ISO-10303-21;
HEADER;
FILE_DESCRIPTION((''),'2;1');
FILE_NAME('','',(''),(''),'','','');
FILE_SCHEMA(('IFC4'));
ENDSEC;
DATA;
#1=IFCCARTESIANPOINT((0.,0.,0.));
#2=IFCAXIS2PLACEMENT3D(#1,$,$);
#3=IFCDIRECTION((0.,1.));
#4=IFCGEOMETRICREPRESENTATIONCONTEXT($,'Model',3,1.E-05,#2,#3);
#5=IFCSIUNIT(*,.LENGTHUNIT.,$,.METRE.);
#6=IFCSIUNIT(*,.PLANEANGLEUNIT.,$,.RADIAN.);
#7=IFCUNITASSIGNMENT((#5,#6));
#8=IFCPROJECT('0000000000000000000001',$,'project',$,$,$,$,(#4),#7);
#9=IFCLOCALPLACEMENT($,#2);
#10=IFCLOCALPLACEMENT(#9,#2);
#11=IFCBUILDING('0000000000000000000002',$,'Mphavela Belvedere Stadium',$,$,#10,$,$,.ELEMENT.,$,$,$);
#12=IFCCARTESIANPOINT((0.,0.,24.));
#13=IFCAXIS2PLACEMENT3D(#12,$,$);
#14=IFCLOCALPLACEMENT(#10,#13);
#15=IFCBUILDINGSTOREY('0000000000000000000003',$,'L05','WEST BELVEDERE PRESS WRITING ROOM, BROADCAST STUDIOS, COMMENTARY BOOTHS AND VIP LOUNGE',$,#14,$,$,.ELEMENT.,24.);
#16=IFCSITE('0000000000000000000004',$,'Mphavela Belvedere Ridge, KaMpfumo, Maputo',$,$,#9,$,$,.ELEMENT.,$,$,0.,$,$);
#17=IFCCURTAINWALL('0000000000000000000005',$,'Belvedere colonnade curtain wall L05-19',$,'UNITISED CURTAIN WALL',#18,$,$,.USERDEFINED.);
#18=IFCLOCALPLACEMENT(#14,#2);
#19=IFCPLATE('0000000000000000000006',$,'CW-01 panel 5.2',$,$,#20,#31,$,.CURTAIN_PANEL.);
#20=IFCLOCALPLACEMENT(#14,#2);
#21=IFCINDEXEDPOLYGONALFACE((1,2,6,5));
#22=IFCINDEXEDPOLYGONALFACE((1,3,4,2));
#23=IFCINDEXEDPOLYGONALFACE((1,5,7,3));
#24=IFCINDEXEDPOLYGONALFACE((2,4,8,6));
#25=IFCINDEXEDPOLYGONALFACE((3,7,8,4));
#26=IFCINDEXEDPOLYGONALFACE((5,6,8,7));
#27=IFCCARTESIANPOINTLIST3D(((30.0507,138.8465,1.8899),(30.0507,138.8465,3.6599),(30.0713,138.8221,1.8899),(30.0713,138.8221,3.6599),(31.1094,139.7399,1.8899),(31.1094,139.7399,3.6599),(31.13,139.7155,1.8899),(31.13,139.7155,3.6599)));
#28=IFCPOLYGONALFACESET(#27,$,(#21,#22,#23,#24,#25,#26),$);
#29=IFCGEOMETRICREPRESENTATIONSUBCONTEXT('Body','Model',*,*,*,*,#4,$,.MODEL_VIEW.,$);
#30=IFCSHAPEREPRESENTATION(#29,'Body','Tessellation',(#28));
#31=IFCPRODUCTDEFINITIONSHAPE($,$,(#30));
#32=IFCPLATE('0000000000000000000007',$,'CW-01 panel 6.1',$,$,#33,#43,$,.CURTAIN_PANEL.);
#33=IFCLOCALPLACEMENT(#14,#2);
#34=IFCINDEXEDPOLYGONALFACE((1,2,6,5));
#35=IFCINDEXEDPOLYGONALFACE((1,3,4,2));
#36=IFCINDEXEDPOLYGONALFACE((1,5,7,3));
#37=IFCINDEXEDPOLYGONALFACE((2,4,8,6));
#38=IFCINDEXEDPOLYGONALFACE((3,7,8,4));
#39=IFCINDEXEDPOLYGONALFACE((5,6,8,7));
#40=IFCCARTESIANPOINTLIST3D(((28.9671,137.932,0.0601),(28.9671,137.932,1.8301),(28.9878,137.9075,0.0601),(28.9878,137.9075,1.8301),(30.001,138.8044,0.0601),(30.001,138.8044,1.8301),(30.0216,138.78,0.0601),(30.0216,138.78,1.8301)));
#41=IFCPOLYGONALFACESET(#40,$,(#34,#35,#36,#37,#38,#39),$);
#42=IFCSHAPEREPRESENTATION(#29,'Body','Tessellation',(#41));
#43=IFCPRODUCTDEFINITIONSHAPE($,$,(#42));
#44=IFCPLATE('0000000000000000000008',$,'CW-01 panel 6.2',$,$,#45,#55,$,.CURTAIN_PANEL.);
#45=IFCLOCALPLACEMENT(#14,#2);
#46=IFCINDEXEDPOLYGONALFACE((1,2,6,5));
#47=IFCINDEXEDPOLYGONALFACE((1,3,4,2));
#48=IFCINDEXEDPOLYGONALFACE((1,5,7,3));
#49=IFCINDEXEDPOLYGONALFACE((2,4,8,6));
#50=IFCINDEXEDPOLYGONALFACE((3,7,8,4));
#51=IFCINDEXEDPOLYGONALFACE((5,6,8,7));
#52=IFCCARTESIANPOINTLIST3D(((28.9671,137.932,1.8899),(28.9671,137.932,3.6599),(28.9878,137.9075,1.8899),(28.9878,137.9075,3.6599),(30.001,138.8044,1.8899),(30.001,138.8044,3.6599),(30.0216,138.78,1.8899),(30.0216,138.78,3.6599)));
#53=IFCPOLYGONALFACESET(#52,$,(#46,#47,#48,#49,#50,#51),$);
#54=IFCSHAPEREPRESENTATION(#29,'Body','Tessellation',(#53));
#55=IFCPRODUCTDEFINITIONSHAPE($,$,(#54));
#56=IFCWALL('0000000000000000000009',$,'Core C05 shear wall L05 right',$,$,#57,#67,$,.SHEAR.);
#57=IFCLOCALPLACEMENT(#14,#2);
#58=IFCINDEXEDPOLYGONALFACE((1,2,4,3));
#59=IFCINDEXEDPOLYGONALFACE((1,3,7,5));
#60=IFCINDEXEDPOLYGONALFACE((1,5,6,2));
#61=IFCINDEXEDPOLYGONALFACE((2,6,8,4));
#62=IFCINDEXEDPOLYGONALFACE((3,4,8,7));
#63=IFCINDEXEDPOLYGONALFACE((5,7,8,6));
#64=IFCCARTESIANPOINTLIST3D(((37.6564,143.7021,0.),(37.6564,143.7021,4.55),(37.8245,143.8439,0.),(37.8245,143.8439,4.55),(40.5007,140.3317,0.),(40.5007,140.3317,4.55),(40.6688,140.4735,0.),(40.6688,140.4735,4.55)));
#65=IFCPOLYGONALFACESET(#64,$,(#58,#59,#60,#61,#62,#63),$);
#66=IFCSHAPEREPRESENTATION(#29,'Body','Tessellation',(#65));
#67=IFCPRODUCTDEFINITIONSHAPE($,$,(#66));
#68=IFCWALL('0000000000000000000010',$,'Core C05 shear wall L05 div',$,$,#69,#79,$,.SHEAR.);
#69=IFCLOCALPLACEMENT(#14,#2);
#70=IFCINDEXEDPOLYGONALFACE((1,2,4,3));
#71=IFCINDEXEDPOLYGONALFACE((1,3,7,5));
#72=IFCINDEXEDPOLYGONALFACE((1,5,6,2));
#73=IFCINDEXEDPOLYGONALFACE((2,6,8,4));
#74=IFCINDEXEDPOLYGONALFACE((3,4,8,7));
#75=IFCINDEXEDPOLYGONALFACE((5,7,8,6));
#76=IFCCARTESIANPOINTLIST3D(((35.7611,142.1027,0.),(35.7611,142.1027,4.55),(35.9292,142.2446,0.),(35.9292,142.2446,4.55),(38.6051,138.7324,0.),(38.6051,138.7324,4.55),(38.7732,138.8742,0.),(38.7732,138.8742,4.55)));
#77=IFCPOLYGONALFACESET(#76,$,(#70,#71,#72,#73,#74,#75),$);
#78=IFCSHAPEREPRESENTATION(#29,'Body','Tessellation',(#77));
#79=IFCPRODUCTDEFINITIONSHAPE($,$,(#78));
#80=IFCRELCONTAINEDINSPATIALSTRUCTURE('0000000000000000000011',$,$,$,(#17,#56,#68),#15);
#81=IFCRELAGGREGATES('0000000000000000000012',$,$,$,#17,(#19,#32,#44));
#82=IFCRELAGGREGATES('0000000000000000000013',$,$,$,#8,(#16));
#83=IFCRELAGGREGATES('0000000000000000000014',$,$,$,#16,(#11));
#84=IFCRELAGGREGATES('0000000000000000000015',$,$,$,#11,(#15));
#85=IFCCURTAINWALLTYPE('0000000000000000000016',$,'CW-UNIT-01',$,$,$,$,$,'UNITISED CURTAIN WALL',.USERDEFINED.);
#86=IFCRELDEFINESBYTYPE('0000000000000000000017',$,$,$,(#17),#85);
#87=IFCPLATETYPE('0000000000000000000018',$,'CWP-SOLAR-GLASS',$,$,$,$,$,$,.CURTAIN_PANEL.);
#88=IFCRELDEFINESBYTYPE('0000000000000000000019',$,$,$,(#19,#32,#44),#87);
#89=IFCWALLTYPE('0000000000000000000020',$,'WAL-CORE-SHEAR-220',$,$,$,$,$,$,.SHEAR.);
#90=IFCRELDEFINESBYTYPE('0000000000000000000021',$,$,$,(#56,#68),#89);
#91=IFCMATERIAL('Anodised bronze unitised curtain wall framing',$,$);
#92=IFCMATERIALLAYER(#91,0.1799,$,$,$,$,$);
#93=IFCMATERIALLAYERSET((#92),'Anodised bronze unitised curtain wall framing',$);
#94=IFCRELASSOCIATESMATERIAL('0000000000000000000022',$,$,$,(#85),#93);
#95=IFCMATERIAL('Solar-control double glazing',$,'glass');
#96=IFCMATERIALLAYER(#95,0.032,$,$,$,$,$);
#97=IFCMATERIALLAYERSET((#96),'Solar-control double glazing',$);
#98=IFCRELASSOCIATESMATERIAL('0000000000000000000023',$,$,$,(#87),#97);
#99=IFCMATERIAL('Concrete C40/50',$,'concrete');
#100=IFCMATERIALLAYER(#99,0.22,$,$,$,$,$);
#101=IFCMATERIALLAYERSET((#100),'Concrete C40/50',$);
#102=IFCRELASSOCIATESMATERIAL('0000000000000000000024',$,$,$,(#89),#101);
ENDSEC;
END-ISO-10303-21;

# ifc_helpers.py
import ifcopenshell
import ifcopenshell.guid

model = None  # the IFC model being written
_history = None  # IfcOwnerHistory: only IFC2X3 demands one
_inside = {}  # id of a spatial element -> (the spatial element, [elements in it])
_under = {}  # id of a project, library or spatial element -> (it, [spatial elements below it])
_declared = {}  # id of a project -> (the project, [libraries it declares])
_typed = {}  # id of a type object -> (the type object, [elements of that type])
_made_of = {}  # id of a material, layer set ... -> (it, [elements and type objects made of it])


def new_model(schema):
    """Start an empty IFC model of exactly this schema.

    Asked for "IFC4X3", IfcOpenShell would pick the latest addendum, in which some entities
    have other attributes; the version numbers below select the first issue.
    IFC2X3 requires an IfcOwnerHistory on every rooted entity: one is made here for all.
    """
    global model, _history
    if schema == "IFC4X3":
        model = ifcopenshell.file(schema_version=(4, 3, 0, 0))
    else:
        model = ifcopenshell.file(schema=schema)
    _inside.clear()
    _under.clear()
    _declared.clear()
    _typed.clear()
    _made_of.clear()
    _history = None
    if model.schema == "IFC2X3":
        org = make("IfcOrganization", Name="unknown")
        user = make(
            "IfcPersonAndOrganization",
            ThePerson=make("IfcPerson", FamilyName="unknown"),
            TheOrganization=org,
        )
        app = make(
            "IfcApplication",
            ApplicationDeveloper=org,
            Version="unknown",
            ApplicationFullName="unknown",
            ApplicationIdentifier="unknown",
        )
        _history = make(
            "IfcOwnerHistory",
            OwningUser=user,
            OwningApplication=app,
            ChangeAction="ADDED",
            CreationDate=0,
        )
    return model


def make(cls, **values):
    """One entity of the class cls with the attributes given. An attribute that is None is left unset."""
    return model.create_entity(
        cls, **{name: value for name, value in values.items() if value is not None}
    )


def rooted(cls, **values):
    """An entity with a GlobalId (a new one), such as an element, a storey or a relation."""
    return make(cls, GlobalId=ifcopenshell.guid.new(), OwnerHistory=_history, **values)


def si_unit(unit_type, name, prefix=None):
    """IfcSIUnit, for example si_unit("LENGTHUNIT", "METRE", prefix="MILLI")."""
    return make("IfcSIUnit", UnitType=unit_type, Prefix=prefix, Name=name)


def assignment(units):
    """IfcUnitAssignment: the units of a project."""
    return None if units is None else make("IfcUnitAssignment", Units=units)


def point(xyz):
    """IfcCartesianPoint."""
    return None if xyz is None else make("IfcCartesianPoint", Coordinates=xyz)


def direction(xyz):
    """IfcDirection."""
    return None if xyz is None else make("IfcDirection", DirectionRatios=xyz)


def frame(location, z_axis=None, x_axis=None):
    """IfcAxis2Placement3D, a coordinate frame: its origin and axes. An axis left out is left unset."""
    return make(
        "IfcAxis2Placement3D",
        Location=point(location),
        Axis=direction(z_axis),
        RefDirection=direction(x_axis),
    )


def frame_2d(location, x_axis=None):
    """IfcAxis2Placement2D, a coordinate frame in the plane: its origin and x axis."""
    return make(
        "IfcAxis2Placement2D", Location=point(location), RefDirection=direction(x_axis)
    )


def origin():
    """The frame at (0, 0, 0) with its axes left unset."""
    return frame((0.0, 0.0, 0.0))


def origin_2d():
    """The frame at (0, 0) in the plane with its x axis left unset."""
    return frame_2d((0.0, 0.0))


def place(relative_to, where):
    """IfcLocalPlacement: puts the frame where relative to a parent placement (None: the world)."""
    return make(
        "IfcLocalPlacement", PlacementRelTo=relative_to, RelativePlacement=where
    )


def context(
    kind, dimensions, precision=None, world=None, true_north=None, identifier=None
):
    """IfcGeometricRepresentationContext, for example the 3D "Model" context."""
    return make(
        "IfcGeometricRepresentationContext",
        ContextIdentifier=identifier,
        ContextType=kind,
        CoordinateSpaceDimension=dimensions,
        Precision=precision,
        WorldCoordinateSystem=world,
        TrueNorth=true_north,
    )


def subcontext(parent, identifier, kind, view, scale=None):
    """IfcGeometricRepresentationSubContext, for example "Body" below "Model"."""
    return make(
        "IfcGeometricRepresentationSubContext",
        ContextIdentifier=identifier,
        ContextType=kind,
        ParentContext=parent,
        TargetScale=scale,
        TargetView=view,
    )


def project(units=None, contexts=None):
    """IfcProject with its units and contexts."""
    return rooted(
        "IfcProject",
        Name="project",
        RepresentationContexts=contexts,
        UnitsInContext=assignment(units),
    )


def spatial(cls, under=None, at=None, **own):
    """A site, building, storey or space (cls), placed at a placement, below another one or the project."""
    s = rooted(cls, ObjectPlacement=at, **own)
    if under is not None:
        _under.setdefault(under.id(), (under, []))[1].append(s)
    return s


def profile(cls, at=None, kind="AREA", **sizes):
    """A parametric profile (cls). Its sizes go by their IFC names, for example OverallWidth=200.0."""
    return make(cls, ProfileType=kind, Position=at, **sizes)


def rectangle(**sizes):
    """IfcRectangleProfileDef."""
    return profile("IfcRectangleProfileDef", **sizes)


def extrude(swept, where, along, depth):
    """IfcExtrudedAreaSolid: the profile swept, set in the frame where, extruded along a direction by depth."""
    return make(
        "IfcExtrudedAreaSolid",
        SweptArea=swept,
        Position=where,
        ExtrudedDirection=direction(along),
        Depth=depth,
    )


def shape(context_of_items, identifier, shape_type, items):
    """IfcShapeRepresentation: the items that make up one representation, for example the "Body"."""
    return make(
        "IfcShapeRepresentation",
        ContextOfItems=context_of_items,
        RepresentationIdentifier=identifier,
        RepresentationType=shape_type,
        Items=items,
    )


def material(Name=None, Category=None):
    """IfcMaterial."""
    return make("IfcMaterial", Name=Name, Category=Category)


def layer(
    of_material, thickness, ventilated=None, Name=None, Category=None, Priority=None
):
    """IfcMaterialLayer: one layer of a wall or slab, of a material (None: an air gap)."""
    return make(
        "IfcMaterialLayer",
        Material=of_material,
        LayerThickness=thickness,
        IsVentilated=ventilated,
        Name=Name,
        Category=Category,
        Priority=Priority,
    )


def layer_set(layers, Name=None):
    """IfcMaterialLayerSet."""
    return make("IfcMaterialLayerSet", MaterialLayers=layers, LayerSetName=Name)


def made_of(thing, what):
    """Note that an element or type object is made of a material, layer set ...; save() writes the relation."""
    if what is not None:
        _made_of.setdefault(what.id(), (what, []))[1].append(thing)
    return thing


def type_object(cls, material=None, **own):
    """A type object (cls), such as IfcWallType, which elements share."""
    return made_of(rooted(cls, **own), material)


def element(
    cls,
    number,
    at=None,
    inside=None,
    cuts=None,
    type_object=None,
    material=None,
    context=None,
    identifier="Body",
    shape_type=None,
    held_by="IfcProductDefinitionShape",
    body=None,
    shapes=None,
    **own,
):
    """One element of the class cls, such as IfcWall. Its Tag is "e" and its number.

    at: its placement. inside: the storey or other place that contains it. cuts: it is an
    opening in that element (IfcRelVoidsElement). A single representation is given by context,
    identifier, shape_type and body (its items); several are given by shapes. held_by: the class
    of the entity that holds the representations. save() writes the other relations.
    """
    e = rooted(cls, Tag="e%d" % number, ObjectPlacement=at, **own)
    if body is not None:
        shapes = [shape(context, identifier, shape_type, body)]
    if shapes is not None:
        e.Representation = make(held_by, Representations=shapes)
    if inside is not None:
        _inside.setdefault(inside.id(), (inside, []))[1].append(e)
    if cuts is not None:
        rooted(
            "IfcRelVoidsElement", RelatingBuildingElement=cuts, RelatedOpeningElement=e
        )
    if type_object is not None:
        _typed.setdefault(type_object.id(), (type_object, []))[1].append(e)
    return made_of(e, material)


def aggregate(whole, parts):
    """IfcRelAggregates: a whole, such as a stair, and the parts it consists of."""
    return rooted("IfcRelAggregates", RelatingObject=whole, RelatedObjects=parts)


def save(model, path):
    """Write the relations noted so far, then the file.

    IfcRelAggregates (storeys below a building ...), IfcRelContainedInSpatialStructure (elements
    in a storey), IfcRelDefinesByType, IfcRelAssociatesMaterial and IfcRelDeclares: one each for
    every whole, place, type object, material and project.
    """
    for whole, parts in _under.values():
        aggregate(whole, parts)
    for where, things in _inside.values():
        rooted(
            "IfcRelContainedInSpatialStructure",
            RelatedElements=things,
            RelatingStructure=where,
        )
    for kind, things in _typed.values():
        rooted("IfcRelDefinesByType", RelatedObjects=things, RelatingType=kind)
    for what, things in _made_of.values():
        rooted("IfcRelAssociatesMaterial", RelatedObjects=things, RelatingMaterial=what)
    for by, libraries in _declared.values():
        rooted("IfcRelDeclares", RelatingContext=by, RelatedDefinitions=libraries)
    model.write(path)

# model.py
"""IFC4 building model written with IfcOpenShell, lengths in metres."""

from ifc_helpers import new_model, si_unit, direction, frame, frame_2d, origin, origin_2d, place, context, subcontext, project, spatial, rectangle, extrude, material, layer, layer_set, type_object, element, aggregate, save


model = new_model("IFC4")

# Units and contexts
model_context = context("Model", 3, precision=1e-05, world=origin(), true_north=direction((0.0, 1.0)))
body_context = subcontext(model_context, "Body", "Model", "MODEL_VIEW")
ifc_project = project(units=[si_unit("LENGTHUNIT", "METRE"), si_unit("PLANEANGLEUNIT", "RADIAN")], contexts=[model_context])

# Site, building, storey
site_placement = place(None, origin())
site = spatial("IfcSite", under=ifc_project, at=site_placement, Name="Mphavela Belvedere Ridge, KaMpfumo, Maputo", CompositionType="ELEMENT", RefElevation=0.0)
building_placement = place(site_placement, origin())
building = spatial("IfcBuilding", under=site, at=building_placement, Name="Mphavela Belvedere Stadium", CompositionType="ELEMENT")
storey_placement = place(building_placement, frame((0.0, 0.0, 24.0)))
storey = spatial("IfcBuildingStorey", under=building, at=storey_placement, Name="L05", Description="WEST BELVEDERE PRESS WRITING ROOM, BROADCAST STUDIOS, COMMENTARY BOOTHS AND VIP LOUNGE", CompositionType="ELEMENT", Elevation=24.0)

# Curtain wall
ifc_material_1 = material(Name="Anodised bronze unitised curtain wall framing")
ifc_layer_1 = layer(ifc_material_1, 0.1799)
ifc_layer_set_1 = layer_set([ifc_layer_1], Name="Anodised bronze unitised curtain wall framing")
curtain_wall_type_1 = type_object("IfcCurtainWallType", Name="CW-UNIT-01", ElementType="UNITISED CURTAIN WALL", PredefinedType="USERDEFINED", material=ifc_layer_set_1)
curtain_wall_1_placement = place(storey_placement, origin())
curtain_wall_1 = element("IfcCurtainWall", 1, at=curtain_wall_1_placement, inside=storey, type_object=curtain_wall_type_1, Name="Belvedere colonnade curtain wall L05-19", ObjectType="UNITISED CURTAIN WALL", PredefinedType="USERDEFINED")

# Plates
ifc_material_2 = material(Name="Solar-control double glazing", Category="glass")
ifc_layer_2 = layer(ifc_material_2, 0.032)
ifc_layer_set_2 = layer_set([ifc_layer_2], Name="Solar-control double glazing")
plate_type = type_object("IfcPlateType", Name="CWP-SOLAR-GLASS", PredefinedType="CURTAIN_PANEL", material=ifc_layer_set_2)
plate_1_placement = place(storey_placement, frame((30.5903, 139.281, 1.8899), z_axis=(0.0, 0.0, 1.0), x_axis=(-0.764253, -0.644916, 0.0)))
plate_1 = element("IfcPlate", 2, at=plate_1_placement, type_object=plate_type, Name="CW-01 panel 5.2", PredefinedType="CURTAIN_PANEL", context=body_context, shape_type="SweptSolid", body=[
    extrude(rectangle(XDim=1.3853, YDim=0.032, at=origin_2d()), origin(), (0.0, 0.0, 1.0), 1.77),
])
plate_2_placement = place(storey_placement, frame((29.4944, 138.356, 0.0601), z_axis=(0.0, 0.0, 1.0), x_axis=(-0.764253, -0.644916, 0.0)))
plate_2 = element("IfcPlate", 3, at=plate_2_placement, type_object=plate_type, Name="CW-01 panel 6.1", PredefinedType="CURTAIN_PANEL", context=body_context, shape_type="SweptSolid", body=[
    extrude(rectangle(XDim=1.3528, YDim=0.032, at=origin_2d()), origin(), (0.0, 0.0, 1.0), 1.77),
])
plate_3_placement = place(storey_placement, frame((29.4944, 138.356, 1.8899), z_axis=(0.0, 0.0, 1.0), x_axis=(-0.764253, -0.644916, 0.0)))
plate_3 = element("IfcPlate", 4, at=plate_3_placement, type_object=plate_type, Name="CW-01 panel 6.2", PredefinedType="CURTAIN_PANEL", context=body_context, shape_type="SweptSolid", body=[
    extrude(rectangle(XDim=1.3528, YDim=0.032, at=origin_2d()), origin(), (0.0, 0.0, 1.0), 1.77),
])
aggregate(curtain_wall_1, [plate_1, plate_2, plate_3])

# Walls
ifc_material_3 = material(Name="Concrete C40/50", Category="concrete")
ifc_layer_3 = layer(ifc_material_3, 0.22)
ifc_layer_set_3 = layer_set([ifc_layer_3], Name="Concrete C40/50")
wall_type = type_object("IfcWallType", Name="WAL-CORE-SHEAR-220", PredefinedType="SHEAR", material=ifc_layer_set_3)
wall_1_placement = place(storey_placement, frame((40.5847, 140.4026, 0.0), z_axis=(0.0, 0.0, 1.0), x_axis=(-0.644937, 0.764236, 0.0)))
element("IfcWall", 5, at=wall_1_placement, inside=storey, type_object=wall_type, Name="Core C05 shear wall L05 right", PredefinedType="SHEAR", context=body_context, shape_type="SweptSolid", body=[
    extrude(rectangle(XDim=4.4102, YDim=0.22, at=frame_2d((2.2051, 0.0))), origin(), (0.0, 0.0, 1.0), 4.55),
])
wall_2_placement = place(storey_placement, frame((38.6892, 138.8032, 0.0), z_axis=(0.0, 0.0, 1.0), x_axis=(-0.644904, 0.764263, 0.0)))
element("IfcWall", 6, at=wall_2_placement, inside=storey, type_object=wall_type, Name="Core C05 shear wall L05 div", PredefinedType="SHEAR", context=body_context, shape_type="SweptSolid", body=[
    extrude(rectangle(XDim=4.4099, YDim=0.22, at=frame_2d((2.2051, 0.0))), origin(), (0.0, 0.0, 1.0), 4.55),
])

save(model, "model.ifc")
